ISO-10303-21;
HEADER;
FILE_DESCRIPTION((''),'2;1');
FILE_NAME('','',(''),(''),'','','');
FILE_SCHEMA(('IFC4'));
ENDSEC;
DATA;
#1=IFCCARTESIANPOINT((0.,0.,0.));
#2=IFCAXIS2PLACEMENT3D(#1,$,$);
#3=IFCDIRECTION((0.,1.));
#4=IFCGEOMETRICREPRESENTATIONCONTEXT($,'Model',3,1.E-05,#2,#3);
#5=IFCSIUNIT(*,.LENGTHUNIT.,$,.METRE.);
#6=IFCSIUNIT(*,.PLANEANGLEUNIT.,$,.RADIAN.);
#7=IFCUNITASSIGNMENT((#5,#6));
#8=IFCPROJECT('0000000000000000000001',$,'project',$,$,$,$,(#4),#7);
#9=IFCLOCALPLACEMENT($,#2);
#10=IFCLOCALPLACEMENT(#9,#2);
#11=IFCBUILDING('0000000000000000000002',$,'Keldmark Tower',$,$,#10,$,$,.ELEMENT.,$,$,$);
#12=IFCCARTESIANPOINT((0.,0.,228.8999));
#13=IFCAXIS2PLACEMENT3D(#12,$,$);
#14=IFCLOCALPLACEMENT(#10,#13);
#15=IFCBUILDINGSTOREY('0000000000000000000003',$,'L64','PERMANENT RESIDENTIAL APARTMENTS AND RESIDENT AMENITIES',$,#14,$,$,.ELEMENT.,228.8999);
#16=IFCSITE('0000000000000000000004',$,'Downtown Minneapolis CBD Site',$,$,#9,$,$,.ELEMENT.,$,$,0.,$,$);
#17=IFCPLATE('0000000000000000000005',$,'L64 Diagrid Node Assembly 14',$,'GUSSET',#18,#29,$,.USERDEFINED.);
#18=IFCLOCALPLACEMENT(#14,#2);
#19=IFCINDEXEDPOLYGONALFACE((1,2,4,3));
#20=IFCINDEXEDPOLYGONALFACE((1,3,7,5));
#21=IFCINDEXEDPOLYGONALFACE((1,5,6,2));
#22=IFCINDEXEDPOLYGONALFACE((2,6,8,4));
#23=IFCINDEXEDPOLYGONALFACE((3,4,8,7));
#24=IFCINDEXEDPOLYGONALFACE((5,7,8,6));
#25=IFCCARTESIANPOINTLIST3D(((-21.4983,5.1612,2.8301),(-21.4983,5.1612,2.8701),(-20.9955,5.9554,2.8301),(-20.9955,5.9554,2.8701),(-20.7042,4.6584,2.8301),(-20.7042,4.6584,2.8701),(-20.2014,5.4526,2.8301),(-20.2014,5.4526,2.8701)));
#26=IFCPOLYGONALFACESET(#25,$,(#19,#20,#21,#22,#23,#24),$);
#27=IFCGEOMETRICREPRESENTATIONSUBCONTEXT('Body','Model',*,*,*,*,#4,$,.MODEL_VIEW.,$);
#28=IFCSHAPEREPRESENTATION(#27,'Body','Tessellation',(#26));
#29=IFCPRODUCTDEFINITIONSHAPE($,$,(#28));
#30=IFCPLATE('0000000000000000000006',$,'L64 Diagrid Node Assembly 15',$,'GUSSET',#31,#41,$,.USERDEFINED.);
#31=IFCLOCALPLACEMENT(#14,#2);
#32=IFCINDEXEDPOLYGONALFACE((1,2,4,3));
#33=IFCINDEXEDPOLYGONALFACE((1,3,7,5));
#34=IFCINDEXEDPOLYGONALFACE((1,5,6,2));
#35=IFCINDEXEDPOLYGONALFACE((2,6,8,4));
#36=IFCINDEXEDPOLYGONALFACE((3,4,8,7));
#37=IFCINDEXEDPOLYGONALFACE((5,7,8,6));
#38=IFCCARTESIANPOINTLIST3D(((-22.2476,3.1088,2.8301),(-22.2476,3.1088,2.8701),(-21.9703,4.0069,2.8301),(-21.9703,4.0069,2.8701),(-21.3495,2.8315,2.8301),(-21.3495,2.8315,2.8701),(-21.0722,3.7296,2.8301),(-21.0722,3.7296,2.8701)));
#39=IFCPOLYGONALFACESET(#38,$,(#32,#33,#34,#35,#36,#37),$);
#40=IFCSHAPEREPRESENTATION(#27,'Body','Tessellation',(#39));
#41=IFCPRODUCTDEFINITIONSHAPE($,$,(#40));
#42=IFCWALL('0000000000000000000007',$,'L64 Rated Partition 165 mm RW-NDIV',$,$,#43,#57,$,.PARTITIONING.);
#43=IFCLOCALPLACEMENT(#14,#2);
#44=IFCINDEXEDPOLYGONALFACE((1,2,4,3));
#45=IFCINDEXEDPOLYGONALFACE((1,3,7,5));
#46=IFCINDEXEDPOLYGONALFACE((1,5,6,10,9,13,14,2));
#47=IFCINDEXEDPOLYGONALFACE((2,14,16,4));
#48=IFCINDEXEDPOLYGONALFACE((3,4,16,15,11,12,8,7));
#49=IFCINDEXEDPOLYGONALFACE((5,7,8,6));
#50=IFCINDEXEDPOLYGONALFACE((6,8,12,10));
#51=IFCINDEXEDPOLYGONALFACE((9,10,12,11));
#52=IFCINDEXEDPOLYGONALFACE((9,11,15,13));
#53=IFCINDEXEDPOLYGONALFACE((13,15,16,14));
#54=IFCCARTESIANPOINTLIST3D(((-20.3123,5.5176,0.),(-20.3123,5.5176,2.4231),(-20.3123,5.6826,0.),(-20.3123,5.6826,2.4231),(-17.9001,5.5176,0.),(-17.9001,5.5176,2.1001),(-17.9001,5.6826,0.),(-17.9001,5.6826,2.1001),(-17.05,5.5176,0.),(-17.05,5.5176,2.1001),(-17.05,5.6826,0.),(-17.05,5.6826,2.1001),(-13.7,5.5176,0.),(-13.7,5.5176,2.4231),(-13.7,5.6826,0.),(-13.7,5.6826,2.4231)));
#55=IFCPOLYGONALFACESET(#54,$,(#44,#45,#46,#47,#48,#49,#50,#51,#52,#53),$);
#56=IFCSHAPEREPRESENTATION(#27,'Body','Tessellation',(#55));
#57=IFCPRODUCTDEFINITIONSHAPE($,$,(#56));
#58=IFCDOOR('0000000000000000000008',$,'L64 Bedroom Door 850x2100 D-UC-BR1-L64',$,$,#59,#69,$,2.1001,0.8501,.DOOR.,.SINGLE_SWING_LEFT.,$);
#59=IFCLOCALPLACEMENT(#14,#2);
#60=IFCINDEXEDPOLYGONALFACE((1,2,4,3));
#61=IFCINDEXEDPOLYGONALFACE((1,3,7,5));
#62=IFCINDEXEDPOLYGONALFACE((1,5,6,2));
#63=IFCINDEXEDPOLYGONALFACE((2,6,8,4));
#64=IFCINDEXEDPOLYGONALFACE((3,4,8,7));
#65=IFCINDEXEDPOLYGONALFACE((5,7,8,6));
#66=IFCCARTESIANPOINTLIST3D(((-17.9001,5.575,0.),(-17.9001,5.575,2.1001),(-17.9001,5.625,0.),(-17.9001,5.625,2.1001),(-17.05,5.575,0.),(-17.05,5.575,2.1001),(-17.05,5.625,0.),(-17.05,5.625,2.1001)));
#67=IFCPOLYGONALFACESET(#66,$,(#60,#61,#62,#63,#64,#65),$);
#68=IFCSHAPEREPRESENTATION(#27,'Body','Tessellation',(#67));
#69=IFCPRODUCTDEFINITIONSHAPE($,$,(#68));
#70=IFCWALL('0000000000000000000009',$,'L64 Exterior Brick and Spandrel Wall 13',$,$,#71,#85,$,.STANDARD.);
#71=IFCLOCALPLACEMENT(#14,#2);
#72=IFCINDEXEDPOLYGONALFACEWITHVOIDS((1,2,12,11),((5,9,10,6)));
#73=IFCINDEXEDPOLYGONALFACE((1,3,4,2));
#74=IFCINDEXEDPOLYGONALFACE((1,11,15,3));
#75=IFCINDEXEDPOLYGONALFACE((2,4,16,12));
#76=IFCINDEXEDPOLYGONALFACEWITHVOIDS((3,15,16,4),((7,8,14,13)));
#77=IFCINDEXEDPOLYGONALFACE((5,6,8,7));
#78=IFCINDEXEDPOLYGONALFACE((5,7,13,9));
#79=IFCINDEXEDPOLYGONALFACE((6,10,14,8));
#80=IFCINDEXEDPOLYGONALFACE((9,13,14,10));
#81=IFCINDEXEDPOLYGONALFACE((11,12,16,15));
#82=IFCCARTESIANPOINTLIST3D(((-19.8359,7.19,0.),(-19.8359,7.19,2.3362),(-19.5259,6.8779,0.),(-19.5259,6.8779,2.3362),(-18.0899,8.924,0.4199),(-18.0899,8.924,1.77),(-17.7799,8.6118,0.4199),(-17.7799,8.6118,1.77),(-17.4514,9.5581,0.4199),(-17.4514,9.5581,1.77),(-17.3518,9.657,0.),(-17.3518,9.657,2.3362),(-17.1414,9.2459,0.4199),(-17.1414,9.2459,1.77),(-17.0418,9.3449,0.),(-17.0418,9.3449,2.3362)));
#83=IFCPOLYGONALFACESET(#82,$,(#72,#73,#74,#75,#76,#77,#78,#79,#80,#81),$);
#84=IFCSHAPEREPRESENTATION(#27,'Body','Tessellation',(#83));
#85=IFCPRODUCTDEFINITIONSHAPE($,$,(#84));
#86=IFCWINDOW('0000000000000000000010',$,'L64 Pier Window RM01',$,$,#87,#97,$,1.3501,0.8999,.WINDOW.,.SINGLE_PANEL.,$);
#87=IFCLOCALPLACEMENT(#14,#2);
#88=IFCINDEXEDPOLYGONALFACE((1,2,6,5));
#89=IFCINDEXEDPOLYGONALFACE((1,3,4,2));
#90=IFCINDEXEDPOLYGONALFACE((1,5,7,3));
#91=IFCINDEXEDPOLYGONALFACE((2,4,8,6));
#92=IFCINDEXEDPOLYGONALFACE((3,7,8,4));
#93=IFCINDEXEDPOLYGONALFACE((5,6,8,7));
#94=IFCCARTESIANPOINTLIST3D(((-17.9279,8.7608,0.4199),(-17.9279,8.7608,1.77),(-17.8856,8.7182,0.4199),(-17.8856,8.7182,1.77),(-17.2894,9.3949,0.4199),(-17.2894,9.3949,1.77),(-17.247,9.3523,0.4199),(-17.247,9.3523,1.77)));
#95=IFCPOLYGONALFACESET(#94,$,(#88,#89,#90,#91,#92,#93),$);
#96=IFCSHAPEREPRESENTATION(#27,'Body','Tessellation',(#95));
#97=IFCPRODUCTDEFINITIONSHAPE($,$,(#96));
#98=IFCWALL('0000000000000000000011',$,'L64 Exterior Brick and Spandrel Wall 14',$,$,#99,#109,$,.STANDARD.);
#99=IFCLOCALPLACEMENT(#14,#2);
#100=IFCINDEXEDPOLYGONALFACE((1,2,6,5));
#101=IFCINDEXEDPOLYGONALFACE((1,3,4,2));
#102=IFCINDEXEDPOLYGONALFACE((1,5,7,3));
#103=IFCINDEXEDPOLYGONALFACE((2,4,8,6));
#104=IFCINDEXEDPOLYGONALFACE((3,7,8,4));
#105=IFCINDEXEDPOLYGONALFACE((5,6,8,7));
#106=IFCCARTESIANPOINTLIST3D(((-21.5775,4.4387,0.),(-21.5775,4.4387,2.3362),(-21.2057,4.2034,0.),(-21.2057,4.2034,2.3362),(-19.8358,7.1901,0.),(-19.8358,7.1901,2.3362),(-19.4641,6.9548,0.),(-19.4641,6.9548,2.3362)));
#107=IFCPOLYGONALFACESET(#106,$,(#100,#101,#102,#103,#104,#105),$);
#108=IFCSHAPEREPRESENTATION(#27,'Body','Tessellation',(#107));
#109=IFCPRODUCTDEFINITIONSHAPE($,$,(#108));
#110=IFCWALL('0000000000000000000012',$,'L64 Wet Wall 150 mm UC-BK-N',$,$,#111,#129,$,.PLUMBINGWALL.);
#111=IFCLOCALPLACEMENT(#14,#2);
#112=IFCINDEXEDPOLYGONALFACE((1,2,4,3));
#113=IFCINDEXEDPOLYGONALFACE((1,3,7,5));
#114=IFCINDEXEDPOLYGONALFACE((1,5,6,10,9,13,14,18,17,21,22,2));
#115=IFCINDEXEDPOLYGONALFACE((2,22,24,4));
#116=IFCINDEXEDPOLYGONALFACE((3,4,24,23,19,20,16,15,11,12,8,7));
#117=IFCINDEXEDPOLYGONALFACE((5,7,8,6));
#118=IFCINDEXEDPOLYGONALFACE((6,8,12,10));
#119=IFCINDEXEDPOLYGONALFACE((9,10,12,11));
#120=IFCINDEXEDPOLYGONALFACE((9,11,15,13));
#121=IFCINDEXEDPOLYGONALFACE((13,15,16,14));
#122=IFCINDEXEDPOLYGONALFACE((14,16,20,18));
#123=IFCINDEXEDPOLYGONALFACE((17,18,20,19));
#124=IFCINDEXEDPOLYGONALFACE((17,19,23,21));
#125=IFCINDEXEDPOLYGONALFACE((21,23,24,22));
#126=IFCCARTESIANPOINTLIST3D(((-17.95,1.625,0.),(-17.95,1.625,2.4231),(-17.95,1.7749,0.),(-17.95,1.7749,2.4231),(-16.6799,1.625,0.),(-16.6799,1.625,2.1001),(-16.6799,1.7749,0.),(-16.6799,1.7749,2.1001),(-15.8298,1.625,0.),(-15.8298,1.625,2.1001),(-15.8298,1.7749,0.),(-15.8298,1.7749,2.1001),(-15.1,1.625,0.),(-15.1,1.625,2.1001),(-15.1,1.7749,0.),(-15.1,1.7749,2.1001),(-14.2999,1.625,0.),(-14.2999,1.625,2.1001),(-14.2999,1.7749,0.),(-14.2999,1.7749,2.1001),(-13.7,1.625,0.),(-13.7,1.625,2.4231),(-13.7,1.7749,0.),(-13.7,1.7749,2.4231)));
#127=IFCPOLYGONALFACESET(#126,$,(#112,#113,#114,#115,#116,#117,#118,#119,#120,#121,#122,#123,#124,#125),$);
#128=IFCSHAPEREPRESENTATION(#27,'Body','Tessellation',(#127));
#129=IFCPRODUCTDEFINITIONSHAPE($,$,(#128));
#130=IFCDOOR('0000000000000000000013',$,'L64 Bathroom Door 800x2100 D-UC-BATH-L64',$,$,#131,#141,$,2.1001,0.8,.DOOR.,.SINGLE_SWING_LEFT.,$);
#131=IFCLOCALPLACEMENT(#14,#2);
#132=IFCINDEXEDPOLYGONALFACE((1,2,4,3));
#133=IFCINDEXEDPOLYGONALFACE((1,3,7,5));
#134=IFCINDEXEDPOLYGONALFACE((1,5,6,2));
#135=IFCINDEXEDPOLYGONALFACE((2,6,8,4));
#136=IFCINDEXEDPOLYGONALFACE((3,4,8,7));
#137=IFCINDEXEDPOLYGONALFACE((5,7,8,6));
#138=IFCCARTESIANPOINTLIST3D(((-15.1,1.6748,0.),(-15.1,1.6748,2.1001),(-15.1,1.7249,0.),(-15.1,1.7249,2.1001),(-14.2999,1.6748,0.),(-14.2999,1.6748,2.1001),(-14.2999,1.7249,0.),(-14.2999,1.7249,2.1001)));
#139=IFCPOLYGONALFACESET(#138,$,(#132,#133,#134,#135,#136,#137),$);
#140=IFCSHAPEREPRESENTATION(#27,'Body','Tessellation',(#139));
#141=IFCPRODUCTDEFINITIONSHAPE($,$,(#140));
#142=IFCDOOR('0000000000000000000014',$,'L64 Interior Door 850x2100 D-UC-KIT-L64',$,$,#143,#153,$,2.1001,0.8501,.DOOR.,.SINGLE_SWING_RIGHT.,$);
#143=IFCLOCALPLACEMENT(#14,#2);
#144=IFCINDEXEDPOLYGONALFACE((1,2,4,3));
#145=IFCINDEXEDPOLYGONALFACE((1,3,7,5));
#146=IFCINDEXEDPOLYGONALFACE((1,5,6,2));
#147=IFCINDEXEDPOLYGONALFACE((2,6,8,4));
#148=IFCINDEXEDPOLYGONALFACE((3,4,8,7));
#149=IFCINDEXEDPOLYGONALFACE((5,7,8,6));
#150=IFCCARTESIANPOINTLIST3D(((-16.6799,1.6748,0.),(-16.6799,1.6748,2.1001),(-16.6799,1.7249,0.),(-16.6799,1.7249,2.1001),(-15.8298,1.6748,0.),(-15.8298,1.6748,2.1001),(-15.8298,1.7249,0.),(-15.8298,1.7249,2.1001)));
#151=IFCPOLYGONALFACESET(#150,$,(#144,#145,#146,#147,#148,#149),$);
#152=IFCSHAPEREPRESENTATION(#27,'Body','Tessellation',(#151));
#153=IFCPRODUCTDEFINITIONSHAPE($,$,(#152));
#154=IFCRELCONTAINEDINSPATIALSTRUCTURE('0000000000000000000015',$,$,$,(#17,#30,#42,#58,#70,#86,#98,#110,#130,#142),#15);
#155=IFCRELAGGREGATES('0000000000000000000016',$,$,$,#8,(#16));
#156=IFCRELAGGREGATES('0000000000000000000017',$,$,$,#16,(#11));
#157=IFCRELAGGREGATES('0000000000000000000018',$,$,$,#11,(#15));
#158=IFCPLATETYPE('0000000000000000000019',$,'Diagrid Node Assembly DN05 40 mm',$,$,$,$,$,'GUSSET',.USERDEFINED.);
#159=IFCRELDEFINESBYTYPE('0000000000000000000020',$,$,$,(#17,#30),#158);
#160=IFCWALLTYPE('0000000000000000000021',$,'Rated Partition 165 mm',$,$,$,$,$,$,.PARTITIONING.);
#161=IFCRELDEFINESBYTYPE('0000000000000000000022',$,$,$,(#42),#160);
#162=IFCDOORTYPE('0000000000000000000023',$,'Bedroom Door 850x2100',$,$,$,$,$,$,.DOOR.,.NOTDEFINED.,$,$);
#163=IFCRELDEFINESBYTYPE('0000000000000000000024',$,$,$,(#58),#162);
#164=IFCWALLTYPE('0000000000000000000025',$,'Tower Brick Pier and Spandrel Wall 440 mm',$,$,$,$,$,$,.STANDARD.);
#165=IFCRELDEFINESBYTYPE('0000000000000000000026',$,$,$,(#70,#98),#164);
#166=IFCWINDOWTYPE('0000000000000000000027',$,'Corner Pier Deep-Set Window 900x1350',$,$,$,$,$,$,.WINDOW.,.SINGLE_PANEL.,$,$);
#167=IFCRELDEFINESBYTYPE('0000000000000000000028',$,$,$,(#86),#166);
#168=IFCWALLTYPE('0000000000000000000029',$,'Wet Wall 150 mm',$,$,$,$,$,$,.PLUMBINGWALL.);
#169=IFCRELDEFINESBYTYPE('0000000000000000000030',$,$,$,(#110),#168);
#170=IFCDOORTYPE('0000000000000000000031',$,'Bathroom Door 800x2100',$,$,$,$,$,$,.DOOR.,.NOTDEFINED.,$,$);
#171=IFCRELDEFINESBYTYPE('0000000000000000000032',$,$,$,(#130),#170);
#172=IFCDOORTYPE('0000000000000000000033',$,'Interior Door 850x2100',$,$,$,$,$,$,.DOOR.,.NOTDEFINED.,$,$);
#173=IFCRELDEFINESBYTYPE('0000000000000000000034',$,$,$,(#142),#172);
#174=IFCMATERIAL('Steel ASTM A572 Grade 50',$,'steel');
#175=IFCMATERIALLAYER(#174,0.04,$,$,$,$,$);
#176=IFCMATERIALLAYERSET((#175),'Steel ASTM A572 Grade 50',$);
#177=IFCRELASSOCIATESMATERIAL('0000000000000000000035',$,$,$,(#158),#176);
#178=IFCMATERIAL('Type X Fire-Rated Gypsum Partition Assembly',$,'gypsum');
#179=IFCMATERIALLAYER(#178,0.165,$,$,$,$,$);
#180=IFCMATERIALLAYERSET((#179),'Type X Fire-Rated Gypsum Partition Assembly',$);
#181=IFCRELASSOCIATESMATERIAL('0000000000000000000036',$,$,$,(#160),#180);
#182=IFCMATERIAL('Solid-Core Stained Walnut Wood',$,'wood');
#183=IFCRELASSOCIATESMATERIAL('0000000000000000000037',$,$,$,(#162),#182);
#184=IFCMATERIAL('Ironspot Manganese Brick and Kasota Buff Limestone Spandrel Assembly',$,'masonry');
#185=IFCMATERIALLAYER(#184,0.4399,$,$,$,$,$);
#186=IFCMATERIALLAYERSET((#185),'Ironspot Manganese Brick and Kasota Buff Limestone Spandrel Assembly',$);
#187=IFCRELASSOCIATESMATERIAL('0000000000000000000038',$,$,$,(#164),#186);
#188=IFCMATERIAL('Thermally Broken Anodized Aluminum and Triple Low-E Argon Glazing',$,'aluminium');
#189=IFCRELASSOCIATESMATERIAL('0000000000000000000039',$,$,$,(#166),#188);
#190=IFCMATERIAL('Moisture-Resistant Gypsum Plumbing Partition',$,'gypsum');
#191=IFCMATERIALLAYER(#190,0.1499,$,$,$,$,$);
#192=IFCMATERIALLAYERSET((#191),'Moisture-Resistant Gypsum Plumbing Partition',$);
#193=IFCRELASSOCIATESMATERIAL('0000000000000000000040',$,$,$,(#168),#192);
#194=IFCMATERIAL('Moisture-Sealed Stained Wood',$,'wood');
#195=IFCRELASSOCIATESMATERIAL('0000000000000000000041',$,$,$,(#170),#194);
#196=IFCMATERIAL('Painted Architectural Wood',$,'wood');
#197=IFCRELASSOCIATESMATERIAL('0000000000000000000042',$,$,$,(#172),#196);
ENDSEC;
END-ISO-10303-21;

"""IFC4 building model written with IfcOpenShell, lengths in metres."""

from ifc_helpers import new_model, si_unit, direction, frame, frame_2d, origin, origin_2d, place, context, subcontext, project, spatial, rectangle, extrude, material, layer, layer_set, type_object, element, fill, save


model = new_model("IFC4")

# Units and contexts
model_context = context("Model", 3, precision=1e-05, world=origin(), true_north=direction((0.0, 1.0)))
body_context = subcontext(model_context, "Body", "Model", "MODEL_VIEW")
ifc_project = project(units=[si_unit("LENGTHUNIT", "METRE"), si_unit("PLANEANGLEUNIT", "RADIAN")], contexts=[model_context])

# Site, building, storey
site_placement = place(None, origin())
site = spatial("IfcSite", under=ifc_project, at=site_placement, Name="Downtown Minneapolis CBD Site", CompositionType="ELEMENT", RefElevation=0.0)
building_placement = place(site_placement, origin())
building = spatial("IfcBuilding", under=site, at=building_placement, Name="Keldmark Tower", CompositionType="ELEMENT")
storey_placement = place(building_placement, frame((0.0, 0.0, 228.8999)))
storey = spatial("IfcBuildingStorey", under=building, at=storey_placement, Name="L64", Description="PERMANENT RESIDENTIAL APARTMENTS AND RESIDENT AMENITIES", CompositionType="ELEMENT", Elevation=228.8999)

# Plates
ifc_material_1 = material(Name="Steel ASTM A572 Grade 50", Category="steel")
ifc_layer_1 = layer(ifc_material_1, 0.04)
ifc_layer_set_1 = layer_set([ifc_layer_1], Name="Steel ASTM A572 Grade 50")
plate_type_1 = type_object("IfcPlateType", Name="Diagrid Node Assembly DN05 40 mm", ElementType="GUSSET", PredefinedType="USERDEFINED", material=ifc_layer_set_1)
for number, where, z_axis, x_axis, name in (
    (1, (-20.8499, 5.3069, 2.8301), (0.0, 0.0, 1.0), (-0.534942, -0.844889, 0.0), "L64 Diagrid Node Assembly 14"),
    (2, (-21.6599, 3.4192, 2.8301), (0.0, 0.0, 1.0), (-0.295041, -0.955485, 0.0), "L64 Diagrid Node Assembly 15"),
):
    element("IfcPlate", number, at=place(storey_placement, frame(where, z_axis=z_axis, x_axis=x_axis)), inside=storey, type_object=plate_type_1, Name=name, ObjectType="GUSSET", PredefinedType="USERDEFINED", context=body_context, shape_type="SweptSolid", body=[
        extrude(rectangle(XDim=0.9399, YDim=0.9399, at=origin_2d()), origin(), (0.0, 0.0, 1.0), 0.04),
    ])

# Wall, opening, door
ifc_material_2 = material(Name="Type X Fire-Rated Gypsum Partition Assembly", Category="gypsum")
ifc_layer_2 = layer(ifc_material_2, 0.165)
ifc_layer_set_2 = layer_set([ifc_layer_2], Name="Type X Fire-Rated Gypsum Partition Assembly")
wall_type_1 = type_object("IfcWallType", Name="Rated Partition 165 mm", PredefinedType="PARTITIONING", material=ifc_layer_set_2)
wall_1_placement = place(storey_placement, frame((-20.3123, 5.6001, 0.0), z_axis=(0.0, 0.0, 1.0), x_axis=(1.0, 0.0, 0.0)))
wall_1 = element("IfcWall", 3, at=wall_1_placement, inside=storey, type_object=wall_type_1, Name="L64 Rated Partition 165 mm RW-NDIV", PredefinedType="PARTITIONING", context=body_context, shape_type="SweptSolid", body=[
    extrude(rectangle(XDim=6.6123, YDim=0.165, at=frame_2d((3.3062, 0.0))), origin(), (0.0, 0.0, 1.0), 2.4231),
])
opening_1_placement = place(wall_1_placement, frame((2.4121, 0.0, 0.0)))
opening_1 = element("IfcOpeningElement", 4, at=opening_1_placement, cuts=wall_1, PredefinedType="OPENING", context=body_context, shape_type="SweptSolid", body=[
    extrude(rectangle(XDim=0.8501, YDim=2.1001, at=frame_2d((0.425, 1.05))), frame((0.0, 0.0925, 0.0), z_axis=(0.0, -1.0, 0.0), x_axis=(1.0, 0.0, 0.0)), (0.0, 0.0, 1.0), 0.1851),
])
ifc_material_3 = material(Name="Solid-Core Stained Walnut Wood", Category="wood")
door_type_1 = type_object("IfcDoorType", Name="Bedroom Door 850x2100", OperationType="NOTDEFINED", PredefinedType="DOOR", material=ifc_material_3)
door_1_placement = place(opening_1_placement, origin())
door_1 = element("IfcDoor", 5, at=door_1_placement, inside=storey, type_object=door_type_1, Name="L64 Bedroom Door 850x2100 D-UC-BR1-L64", OperationType="SINGLE_SWING_LEFT", OverallHeight=2.1001, OverallWidth=0.8501, PredefinedType="DOOR", context=body_context, shape_type="SweptSolid", body=[
    extrude(rectangle(XDim=0.8501, YDim=2.1001, at=frame_2d((0.425, 1.05))), frame((0.0, 0.0249, 0.0), z_axis=(0.0, -1.0, 0.0), x_axis=(1.0, 0.0, 0.0)), (0.0, 0.0, 1.0), 0.05),
])
fill(opening_1, door_1)

# Wall, opening, window
ifc_material_4 = material(Name="Ironspot Manganese Brick and Kasota Buff Limestone Spandrel Assembly", Category="masonry")
ifc_layer_3 = layer(ifc_material_4, 0.4399)
ifc_layer_set_3 = layer_set([ifc_layer_3], Name="Ironspot Manganese Brick and Kasota Buff Limestone Spandrel Assembly")
wall_type_2 = type_object("IfcWallType", Name="Tower Brick Pier and Spandrel Wall 440 mm", PredefinedType="STANDARD", material=ifc_layer_set_3)
wall_2_placement = place(storey_placement, frame((-19.6809, 7.0339, 0.0), z_axis=(0.0, 0.0, 1.0), x_axis=(0.709543, 0.704662, 0.0)))
wall_2 = element("IfcWall", 6, at=wall_2_placement, inside=storey, type_object=wall_type_2, Name="L64 Exterior Brick and Spandrel Wall 13", PredefinedType="STANDARD", context=body_context, shape_type="SweptSolid", body=[
    extrude(rectangle(XDim=3.501, YDim=0.4399, at=frame_2d((1.7505, 0.0))), origin(), (0.0, 0.0, 1.0), 2.3362),
])
opening_2_placement = place(wall_2_placement, frame((2.4607, 0.0, 0.4199)))
opening_2 = element("IfcOpeningElement", 7, at=opening_2_placement, cuts=wall_2, PredefinedType="OPENING", context=body_context, shape_type="SweptSolid", body=[
    extrude(rectangle(XDim=0.8999, YDim=1.3501, at=frame_2d((0.45, 0.675))), frame((0.0, 0.23, 0.0), z_axis=(0.0, -1.0, 0.0), x_axis=(1.0, 0.0, 0.0)), (0.0, 0.0, 1.0), 0.46),
])
ifc_material_5 = material(Name="Thermally Broken Anodized Aluminum and Triple Low-E Argon Glazing", Category="aluminium")
window_type = type_object("IfcWindowType", Name="Corner Pier Deep-Set Window 900x1350", PartitioningType="SINGLE_PANEL", PredefinedType="WINDOW", material=ifc_material_5)
window_placement = place(opening_2_placement, origin())
window = element("IfcWindow", 8, at=window_placement, inside=storey, type_object=window_type, Name="L64 Pier Window RM01", OverallHeight=1.3501, OverallWidth=0.8999, PartitioningType="SINGLE_PANEL", PredefinedType="WINDOW", context=body_context, shape_type="SweptSolid", body=[
    extrude(rectangle(XDim=0.8999, YDim=1.3501, at=frame_2d((0.45, 0.675))), frame((0.0, -0.01, 0.0), z_axis=(0.0, -1.0, 0.0), x_axis=(1.0, 0.0, 0.0)), (0.0, 0.0, 1.0), 0.0601),
])
fill(opening_2, window)

# Wall
wall_3_placement = place(storey_placement, frame((-21.3916, 4.321, 0.0), z_axis=(0.0, 0.0, 1.0), x_axis=(0.534856, 0.844943, 0.0)))
element("IfcWall", 9, at=wall_3_placement, inside=storey, type_object=wall_type_2, Name="L64 Exterior Brick and Spandrel Wall 14", PredefinedType="STANDARD", context=body_context, shape_type="SweptSolid", body=[
    extrude(rectangle(XDim=3.2563, YDim=0.4399, at=frame_2d((1.6282, 0.0))), origin(), (0.0, 0.0, 1.0), 2.3362),
])

# Wall, openings, doors
ifc_material_6 = material(Name="Moisture-Resistant Gypsum Plumbing Partition", Category="gypsum")
ifc_layer_4 = layer(ifc_material_6, 0.1499)
ifc_layer_set_4 = layer_set([ifc_layer_4], Name="Moisture-Resistant Gypsum Plumbing Partition")
wall_type_3 = type_object("IfcWallType", Name="Wet Wall 150 mm", PredefinedType="PLUMBINGWALL", material=ifc_layer_set_4)
wall_4_placement = place(storey_placement, frame((-17.95, 1.7, 0.0), z_axis=(0.0, 0.0, 1.0), x_axis=(1.0, 0.0, 0.0)))
wall_4 = element("IfcWall", 10, at=wall_4_placement, inside=storey, type_object=wall_type_3, Name="L64 Wet Wall 150 mm UC-BK-N", PredefinedType="PLUMBINGWALL", context=body_context, shape_type="SweptSolid", body=[
    extrude(rectangle(XDim=4.25, YDim=0.1499, at=frame_2d((2.125, 0.0))), origin(), (0.0, 0.0, 1.0), 2.4231),
])
opening_3_placement = place(wall_4_placement, frame((2.8501, 0.0, 0.0)))
opening_3 = element("IfcOpeningElement", 11, at=opening_3_placement, cuts=wall_4, PredefinedType="OPENING", context=body_context, shape_type="SweptSolid", body=[
    extrude(rectangle(XDim=0.8, YDim=2.1001, at=frame_2d((0.3999, 1.05))), frame((0.0, 0.085, 0.0), z_axis=(0.0, -1.0, 0.0), x_axis=(1.0, 0.0, 0.0)), (0.0, 0.0, 1.0), 0.1699),
])
opening_4_placement = place(wall_4_placement, frame((1.27, 0.0, 0.0)))
opening_4 = element("IfcOpeningElement", 12, at=opening_4_placement, cuts=wall_4, PredefinedType="OPENING", context=body_context, shape_type="SweptSolid", body=[
    extrude(rectangle(XDim=0.8501, YDim=2.1001, at=frame_2d((0.425, 1.05))), frame((0.0, 0.085, 0.0), z_axis=(0.0, -1.0, 0.0), x_axis=(1.0, 0.0, 0.0)), (0.0, 0.0, 1.0), 0.1699),
])
ifc_material_7 = material(Name="Moisture-Sealed Stained Wood", Category="wood")
door_type_2 = type_object("IfcDoorType", Name="Bathroom Door 800x2100", OperationType="NOTDEFINED", PredefinedType="DOOR", material=ifc_material_7)
door_2_placement = place(opening_3_placement, origin())
door_2 = element("IfcDoor", 13, at=door_2_placement, inside=storey, type_object=door_type_2, Name="L64 Bathroom Door 800x2100 D-UC-BATH-L64", OperationType="SINGLE_SWING_LEFT", OverallHeight=2.1001, OverallWidth=0.8, PredefinedType="DOOR", context=body_context, shape_type="SweptSolid", body=[
    extrude(rectangle(XDim=0.8, YDim=2.1001, at=frame_2d((0.3999, 1.05))), frame((0.0, 0.0249, 0.0), z_axis=(0.0, -1.0, 0.0), x_axis=(1.0, 0.0, 0.0)), (0.0, 0.0, 1.0), 0.05),
])
fill(opening_3, door_2)
ifc_material_8 = material(Name="Painted Architectural Wood", Category="wood")
door_type_3 = type_object("IfcDoorType", Name="Interior Door 850x2100", OperationType="NOTDEFINED", PredefinedType="DOOR", material=ifc_material_8)
door_3_placement = place(opening_4_placement, origin())
door_3 = element("IfcDoor", 14, at=door_3_placement, inside=storey, type_object=door_type_3, Name="L64 Interior Door 850x2100 D-UC-KIT-L64", OperationType="SINGLE_SWING_RIGHT", OverallHeight=2.1001, OverallWidth=0.8501, PredefinedType="DOOR", context=body_context, shape_type="SweptSolid", body=[
    extrude(rectangle(XDim=0.8501, YDim=2.1001, at=frame_2d((0.425, 1.05))), frame((0.0, 0.0249, 0.0), z_axis=(0.0, -1.0, 0.0), x_axis=(1.0, 0.0, 0.0)), (0.0, 0.0, 1.0), 0.05),
])
fill(opening_4, door_3)

save(model, "model.ifc")
